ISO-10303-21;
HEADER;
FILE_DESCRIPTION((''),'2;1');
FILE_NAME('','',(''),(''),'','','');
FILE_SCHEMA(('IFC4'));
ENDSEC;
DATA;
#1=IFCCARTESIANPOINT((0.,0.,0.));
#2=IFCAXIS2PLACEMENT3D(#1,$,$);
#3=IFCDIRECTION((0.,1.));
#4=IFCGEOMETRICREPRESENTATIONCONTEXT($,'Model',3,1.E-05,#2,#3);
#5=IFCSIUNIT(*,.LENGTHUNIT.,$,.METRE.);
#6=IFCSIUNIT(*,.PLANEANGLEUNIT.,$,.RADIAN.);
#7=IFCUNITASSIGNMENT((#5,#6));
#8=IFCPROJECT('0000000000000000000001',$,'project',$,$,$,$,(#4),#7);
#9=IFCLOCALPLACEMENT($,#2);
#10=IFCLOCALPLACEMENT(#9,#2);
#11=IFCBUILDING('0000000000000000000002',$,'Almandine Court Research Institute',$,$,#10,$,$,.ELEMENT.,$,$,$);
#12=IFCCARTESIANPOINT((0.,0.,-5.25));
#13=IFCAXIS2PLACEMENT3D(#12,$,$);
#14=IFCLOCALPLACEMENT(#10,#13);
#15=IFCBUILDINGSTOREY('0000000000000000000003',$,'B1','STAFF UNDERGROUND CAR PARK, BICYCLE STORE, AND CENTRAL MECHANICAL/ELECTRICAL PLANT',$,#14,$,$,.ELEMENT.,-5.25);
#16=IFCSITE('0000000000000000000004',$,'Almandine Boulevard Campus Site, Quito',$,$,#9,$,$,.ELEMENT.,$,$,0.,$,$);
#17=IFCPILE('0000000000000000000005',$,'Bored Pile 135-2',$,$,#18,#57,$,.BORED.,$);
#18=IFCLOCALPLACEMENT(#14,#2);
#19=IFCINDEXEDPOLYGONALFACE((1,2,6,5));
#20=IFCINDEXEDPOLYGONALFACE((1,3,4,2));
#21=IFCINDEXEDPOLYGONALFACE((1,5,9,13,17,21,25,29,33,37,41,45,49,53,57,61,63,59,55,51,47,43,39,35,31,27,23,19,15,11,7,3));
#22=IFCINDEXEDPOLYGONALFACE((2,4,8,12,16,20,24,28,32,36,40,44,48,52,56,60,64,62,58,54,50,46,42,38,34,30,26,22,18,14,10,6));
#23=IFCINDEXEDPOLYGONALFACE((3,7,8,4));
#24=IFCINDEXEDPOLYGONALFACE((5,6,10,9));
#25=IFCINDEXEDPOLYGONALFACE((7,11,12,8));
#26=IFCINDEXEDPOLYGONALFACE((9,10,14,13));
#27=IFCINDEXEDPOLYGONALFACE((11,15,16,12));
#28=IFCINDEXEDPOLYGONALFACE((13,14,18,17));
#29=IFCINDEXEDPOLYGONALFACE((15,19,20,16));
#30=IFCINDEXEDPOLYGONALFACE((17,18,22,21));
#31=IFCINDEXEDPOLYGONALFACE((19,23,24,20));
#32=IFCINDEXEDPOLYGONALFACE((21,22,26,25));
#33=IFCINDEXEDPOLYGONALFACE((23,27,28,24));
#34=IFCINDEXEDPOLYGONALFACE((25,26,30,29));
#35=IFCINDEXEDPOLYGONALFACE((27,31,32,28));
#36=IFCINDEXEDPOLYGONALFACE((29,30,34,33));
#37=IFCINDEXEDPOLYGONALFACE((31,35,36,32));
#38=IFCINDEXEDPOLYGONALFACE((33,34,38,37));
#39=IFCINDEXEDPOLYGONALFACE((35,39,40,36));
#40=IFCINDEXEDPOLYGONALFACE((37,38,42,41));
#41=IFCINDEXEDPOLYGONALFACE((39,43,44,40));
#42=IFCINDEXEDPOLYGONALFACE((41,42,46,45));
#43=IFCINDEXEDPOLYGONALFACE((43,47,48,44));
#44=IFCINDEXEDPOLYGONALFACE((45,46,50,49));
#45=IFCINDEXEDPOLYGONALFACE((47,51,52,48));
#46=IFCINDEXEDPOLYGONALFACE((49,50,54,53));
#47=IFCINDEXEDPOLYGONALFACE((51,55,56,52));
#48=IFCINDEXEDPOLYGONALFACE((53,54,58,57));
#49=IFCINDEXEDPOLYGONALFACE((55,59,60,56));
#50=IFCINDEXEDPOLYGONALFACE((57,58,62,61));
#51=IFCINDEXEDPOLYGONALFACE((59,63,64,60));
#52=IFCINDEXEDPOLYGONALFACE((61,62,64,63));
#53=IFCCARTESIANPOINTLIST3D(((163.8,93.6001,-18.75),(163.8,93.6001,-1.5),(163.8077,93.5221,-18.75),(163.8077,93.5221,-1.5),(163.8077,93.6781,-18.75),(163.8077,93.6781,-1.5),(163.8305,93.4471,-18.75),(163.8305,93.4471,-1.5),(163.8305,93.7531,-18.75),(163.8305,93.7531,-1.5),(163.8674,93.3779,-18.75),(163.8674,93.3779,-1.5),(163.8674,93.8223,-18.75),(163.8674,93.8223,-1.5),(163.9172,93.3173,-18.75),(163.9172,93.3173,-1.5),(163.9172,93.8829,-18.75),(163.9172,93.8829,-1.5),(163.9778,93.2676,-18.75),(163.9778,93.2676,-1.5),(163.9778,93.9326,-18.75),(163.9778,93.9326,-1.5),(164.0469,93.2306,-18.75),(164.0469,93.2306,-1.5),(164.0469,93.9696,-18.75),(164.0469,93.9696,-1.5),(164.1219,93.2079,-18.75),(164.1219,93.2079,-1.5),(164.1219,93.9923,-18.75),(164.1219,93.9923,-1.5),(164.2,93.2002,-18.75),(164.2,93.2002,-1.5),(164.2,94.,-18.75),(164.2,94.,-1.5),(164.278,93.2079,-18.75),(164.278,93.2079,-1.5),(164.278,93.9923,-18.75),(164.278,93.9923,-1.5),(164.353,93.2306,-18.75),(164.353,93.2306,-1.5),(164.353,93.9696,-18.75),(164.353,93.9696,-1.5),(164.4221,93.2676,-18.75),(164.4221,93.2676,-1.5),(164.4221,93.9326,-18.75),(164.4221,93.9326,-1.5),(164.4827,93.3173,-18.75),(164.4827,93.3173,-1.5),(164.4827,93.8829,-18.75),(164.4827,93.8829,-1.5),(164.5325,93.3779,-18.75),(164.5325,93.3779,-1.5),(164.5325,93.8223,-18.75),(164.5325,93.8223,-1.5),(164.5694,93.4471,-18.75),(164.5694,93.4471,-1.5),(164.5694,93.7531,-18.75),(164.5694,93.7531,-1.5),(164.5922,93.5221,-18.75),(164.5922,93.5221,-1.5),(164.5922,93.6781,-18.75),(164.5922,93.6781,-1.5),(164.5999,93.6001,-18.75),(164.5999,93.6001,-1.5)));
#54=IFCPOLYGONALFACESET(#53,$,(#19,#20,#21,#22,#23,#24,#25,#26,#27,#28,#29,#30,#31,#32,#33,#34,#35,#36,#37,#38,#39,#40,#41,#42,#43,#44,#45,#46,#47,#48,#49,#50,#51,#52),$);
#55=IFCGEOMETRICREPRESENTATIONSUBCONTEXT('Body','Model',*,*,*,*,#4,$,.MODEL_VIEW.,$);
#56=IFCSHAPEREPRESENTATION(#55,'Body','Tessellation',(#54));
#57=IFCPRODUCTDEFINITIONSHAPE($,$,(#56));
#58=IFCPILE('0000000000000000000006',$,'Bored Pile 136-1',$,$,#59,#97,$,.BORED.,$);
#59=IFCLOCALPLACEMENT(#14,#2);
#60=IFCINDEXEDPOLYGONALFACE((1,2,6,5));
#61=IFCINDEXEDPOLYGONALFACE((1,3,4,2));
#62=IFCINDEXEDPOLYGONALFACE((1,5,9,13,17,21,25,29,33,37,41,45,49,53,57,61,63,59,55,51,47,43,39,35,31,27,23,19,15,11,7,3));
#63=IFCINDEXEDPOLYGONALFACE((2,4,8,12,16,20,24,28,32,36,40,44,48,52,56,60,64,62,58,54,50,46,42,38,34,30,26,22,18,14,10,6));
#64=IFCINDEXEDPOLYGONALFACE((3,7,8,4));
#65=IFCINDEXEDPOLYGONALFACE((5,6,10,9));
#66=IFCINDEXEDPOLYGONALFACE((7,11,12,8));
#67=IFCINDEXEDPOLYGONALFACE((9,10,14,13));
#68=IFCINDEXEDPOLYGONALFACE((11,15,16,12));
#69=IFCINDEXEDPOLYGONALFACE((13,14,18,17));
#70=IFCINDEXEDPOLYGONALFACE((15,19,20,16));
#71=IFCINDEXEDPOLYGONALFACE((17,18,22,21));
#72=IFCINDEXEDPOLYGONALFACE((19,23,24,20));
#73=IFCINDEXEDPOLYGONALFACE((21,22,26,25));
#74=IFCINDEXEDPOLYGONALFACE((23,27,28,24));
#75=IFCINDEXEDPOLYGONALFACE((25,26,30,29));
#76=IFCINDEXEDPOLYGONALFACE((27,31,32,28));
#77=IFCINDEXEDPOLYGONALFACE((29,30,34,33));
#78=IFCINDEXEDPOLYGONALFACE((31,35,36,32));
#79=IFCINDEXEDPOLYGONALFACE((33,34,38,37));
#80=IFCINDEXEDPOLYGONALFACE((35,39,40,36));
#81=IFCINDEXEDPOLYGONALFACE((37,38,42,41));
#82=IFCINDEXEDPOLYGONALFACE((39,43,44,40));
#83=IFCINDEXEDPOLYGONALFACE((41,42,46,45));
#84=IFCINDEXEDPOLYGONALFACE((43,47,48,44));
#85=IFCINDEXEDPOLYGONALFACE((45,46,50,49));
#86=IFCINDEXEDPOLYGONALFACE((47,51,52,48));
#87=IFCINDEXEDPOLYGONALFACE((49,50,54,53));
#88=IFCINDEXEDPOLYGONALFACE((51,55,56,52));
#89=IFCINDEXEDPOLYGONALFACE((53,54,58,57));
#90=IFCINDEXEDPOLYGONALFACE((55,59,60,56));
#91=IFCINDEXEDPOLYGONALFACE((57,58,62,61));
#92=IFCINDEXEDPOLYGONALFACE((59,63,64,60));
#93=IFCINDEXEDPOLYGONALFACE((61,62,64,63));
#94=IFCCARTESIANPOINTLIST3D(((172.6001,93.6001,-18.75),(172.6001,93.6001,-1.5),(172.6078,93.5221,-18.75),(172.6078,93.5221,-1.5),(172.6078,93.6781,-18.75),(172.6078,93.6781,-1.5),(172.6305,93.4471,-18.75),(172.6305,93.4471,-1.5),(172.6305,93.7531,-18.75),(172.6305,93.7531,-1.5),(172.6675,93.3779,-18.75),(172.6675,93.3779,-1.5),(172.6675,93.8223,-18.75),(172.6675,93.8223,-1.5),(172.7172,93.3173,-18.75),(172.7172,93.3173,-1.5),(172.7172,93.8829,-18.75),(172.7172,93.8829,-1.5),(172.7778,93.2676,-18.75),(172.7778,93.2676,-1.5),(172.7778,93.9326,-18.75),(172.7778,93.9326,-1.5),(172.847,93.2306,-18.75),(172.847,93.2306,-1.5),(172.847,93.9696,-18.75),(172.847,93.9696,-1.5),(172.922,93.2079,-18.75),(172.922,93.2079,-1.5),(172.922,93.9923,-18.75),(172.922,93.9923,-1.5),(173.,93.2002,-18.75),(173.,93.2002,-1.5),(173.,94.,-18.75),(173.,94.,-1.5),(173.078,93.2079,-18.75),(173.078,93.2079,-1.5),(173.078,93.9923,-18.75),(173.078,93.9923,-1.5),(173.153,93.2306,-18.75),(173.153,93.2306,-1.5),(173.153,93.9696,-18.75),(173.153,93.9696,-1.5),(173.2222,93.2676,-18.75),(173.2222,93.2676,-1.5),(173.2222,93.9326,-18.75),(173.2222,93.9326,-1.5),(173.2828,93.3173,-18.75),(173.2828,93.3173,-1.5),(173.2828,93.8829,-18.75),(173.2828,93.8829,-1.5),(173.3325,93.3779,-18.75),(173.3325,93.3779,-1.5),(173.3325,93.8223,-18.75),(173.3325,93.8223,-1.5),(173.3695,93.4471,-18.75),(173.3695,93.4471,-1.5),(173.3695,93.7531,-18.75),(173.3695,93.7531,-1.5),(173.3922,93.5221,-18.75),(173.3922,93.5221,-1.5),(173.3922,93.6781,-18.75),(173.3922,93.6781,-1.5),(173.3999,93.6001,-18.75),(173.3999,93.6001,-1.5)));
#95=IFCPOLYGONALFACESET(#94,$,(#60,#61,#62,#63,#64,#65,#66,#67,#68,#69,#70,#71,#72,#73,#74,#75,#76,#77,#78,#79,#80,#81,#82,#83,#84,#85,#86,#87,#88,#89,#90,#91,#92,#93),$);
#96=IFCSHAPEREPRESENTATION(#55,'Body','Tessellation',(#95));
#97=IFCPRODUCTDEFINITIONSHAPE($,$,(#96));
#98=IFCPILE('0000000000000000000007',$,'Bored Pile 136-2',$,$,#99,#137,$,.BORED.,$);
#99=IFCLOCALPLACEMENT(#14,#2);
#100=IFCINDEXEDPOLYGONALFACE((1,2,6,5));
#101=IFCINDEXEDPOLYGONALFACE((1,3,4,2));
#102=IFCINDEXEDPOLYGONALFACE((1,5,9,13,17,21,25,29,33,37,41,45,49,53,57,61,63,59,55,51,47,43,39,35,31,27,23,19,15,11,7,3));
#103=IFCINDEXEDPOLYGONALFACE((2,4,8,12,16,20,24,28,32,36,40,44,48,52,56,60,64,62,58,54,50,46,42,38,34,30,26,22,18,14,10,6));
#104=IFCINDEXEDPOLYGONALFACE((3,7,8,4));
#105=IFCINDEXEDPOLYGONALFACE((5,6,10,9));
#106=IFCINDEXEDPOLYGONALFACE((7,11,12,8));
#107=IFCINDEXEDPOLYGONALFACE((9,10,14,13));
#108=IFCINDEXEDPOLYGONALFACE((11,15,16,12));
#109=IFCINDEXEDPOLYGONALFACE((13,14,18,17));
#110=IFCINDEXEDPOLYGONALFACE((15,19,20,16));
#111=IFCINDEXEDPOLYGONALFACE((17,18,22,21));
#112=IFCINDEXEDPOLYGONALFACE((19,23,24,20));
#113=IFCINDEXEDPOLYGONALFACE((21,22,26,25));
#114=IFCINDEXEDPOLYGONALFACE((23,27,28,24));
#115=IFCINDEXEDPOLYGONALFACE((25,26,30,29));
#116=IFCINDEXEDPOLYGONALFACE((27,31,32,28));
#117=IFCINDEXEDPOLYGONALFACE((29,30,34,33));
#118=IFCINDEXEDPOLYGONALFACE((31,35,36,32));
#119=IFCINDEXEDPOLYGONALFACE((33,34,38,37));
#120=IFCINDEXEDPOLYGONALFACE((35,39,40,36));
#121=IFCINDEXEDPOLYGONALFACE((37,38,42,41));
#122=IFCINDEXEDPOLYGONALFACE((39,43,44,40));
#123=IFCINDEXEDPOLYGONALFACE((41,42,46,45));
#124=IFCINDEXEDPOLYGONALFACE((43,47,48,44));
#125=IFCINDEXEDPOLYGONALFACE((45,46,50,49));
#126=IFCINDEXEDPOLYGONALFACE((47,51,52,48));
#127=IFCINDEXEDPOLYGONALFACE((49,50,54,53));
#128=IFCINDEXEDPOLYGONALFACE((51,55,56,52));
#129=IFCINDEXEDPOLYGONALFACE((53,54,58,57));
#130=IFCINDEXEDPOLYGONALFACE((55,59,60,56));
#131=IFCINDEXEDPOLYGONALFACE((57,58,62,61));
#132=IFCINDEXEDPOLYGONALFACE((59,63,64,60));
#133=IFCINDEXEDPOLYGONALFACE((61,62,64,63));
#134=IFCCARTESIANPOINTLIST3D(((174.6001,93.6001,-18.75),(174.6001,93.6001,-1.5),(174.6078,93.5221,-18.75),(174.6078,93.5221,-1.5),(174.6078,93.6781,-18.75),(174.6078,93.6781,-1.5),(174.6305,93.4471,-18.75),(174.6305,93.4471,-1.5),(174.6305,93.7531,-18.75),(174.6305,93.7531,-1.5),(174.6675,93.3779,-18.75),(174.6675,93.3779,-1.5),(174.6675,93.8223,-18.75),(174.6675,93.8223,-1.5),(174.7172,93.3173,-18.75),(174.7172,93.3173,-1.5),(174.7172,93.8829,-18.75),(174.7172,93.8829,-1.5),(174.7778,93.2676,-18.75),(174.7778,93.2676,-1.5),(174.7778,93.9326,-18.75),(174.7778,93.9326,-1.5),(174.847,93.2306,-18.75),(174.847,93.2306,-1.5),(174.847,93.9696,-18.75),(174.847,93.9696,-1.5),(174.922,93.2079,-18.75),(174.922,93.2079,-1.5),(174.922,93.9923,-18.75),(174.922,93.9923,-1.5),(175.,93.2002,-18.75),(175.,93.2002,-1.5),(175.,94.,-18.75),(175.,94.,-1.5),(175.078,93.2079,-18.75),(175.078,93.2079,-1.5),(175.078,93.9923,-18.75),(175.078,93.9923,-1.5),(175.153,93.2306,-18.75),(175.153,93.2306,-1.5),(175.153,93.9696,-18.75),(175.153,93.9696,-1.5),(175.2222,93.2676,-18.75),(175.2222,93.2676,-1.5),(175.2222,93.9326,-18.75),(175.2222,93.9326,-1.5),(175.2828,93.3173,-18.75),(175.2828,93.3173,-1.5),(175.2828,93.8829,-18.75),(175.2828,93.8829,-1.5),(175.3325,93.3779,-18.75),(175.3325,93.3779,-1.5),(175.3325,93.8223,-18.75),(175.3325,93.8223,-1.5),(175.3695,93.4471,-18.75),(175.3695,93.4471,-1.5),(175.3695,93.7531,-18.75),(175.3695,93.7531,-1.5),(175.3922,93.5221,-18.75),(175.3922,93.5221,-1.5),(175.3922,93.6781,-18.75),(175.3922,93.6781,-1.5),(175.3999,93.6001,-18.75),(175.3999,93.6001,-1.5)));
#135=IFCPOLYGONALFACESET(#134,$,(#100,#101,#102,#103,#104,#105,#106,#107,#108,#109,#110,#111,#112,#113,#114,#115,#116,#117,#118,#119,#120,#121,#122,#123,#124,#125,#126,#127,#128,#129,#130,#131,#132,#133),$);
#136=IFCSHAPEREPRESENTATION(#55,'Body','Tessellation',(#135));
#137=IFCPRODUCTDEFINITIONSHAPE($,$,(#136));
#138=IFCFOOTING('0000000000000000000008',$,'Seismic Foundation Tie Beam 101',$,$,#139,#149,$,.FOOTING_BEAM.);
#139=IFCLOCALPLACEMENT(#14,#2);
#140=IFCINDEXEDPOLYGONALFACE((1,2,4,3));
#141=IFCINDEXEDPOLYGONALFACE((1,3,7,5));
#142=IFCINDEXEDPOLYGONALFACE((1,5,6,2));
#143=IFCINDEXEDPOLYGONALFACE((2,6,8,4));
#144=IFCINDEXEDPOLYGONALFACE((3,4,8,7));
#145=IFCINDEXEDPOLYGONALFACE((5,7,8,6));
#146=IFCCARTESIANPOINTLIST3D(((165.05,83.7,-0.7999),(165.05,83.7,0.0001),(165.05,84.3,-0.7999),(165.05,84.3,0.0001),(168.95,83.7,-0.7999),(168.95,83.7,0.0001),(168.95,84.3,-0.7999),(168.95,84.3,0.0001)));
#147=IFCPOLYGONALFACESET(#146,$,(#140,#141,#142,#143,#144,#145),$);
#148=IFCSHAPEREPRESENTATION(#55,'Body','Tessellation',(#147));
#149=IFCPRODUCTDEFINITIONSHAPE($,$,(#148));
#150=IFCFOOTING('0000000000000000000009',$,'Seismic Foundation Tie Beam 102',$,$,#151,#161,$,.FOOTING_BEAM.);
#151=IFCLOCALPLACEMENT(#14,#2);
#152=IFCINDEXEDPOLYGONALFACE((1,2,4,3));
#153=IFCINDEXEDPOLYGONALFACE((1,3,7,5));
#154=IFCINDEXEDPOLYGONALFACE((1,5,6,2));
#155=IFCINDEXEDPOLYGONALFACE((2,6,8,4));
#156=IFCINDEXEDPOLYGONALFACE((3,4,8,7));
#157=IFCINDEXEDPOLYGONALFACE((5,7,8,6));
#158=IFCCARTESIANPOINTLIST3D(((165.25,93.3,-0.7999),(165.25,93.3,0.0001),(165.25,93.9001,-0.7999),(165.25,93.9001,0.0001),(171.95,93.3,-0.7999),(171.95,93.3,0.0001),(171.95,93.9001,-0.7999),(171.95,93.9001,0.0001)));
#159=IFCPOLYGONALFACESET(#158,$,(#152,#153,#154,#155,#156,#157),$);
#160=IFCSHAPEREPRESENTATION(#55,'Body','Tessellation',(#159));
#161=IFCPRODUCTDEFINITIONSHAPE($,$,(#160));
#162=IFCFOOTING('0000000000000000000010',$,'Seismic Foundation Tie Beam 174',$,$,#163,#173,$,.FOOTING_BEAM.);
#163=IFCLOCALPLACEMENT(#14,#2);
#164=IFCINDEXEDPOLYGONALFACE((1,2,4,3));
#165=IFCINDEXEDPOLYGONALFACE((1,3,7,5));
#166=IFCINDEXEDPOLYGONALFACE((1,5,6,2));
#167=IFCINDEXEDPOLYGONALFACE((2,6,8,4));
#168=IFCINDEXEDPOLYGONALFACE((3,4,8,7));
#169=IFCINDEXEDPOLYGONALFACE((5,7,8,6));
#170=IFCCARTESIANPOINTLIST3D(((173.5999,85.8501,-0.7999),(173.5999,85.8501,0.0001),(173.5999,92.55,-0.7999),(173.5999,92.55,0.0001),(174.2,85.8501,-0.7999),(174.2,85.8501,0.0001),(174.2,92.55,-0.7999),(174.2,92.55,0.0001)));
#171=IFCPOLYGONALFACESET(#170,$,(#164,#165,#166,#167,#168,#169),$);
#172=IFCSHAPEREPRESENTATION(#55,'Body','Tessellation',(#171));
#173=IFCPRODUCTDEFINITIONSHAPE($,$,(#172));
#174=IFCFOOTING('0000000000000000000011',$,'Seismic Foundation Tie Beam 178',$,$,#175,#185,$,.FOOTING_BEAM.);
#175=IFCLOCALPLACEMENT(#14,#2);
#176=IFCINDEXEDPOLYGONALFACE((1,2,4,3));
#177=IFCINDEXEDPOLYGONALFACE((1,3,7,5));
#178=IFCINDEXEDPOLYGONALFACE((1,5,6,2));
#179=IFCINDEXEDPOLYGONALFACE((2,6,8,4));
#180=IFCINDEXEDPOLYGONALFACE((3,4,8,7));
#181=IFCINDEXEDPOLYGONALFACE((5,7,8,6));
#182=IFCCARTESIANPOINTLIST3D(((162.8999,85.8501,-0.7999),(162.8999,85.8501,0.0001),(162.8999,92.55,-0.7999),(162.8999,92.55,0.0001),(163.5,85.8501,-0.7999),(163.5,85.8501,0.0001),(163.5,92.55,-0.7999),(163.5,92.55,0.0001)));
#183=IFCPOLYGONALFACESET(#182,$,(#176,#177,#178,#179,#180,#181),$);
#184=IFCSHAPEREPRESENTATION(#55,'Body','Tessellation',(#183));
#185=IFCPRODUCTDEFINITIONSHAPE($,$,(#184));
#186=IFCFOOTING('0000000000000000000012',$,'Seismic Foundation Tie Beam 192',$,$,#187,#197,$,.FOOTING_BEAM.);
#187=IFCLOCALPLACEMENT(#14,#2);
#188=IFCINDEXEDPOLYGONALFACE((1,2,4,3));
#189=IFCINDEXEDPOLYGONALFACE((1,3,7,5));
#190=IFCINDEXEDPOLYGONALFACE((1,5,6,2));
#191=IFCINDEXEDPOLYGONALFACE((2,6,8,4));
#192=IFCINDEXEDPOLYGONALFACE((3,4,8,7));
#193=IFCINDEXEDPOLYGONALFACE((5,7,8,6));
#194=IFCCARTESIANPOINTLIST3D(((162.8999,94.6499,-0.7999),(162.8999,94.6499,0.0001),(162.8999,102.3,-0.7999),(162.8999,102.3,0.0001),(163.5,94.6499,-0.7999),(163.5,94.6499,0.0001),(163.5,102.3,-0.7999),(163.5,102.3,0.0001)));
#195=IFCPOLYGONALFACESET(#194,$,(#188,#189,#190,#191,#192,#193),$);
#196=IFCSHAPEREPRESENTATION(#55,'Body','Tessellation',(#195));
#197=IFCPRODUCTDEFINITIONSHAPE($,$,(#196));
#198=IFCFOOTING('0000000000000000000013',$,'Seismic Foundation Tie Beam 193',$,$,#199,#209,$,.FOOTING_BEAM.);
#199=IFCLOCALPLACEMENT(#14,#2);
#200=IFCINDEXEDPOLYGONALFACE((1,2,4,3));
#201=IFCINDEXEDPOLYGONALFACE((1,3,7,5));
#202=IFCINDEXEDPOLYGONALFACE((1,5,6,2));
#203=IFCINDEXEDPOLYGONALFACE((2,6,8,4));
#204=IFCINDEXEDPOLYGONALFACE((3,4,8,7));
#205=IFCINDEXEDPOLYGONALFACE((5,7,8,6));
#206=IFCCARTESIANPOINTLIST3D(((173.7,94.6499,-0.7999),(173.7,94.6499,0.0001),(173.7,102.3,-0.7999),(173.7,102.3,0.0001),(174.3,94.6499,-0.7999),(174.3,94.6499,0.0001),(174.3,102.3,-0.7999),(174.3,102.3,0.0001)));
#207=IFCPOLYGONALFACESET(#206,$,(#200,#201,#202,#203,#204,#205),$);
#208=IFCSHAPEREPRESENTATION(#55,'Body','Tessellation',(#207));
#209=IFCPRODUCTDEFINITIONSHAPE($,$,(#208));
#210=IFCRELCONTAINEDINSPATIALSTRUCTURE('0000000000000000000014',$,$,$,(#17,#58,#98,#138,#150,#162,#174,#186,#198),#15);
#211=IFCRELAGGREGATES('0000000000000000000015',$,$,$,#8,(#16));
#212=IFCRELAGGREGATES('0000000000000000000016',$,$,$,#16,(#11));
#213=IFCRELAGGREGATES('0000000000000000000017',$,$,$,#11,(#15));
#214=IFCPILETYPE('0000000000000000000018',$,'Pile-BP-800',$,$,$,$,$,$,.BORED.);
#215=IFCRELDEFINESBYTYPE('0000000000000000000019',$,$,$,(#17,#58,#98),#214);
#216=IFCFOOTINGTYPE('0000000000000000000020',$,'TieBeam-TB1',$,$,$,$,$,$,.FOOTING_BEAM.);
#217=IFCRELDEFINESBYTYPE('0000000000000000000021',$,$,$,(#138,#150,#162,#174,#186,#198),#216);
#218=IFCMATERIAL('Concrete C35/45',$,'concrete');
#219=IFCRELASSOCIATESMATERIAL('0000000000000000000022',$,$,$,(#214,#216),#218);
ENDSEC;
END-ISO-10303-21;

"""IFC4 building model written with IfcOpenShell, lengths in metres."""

from ifc_helpers import new_model, si_unit, direction, frame, origin, origin_2d, place, context, subcontext, project, spatial, rectangle, circle, extrude, material, material_profile, profile_set, type_object, element, save


model = new_model("IFC4")

# Units and contexts
model_context = context("Model", 3, precision=1e-05, world=origin(), true_north=direction((0.0, 1.0)))
body_context = subcontext(model_context, "Body", "Model", "MODEL_VIEW")
ifc_project = project(units=[si_unit("LENGTHUNIT", "METRE"), si_unit("PLANEANGLEUNIT", "RADIAN")], contexts=[model_context])

# Site, building, storey
site_placement = place(None, origin())
site = spatial("IfcSite", under=ifc_project, at=site_placement, Name="Almandine Boulevard Campus Site, Quito", CompositionType="ELEMENT", RefElevation=0.0)
building_placement = place(site_placement, origin())
building = spatial("IfcBuilding", under=site, at=building_placement, Name="Almandine Court Research Institute", CompositionType="ELEMENT")
storey_placement = place(building_placement, frame((0.0, 0.0, -5.25)))
storey = spatial("IfcBuildingStorey", under=building, at=storey_placement, Name="B1", Description="STAFF UNDERGROUND CAR PARK, BICYCLE STORE, AND CENTRAL MECHANICAL/ELECTRICAL PLANT", CompositionType="ELEMENT", Elevation=-5.25)

# Shared definitions
ifc_material_1 = material(Name="Concrete C35/45", Category="concrete")

# Piles
ifc_material_profile_1 = material_profile(ifc_material_1, circle(Radius=0.3999, at=origin_2d()), Name="BORED PILE D800")
ifc_profile_set_1 = profile_set([ifc_material_profile_1], Name="Concrete C35/45")
pile_type_1 = type_object("IfcPileType", Name="Pile-BP-800", PredefinedType="BORED", material=ifc_profile_set_1)
for number, where, z_axis, x_axis, name in (
    (1, (164.2, 93.6001, -1.5), (0.0, 0.0, -1.0), (1.0, 0.0, 0.0), "Bored Pile 135-2"),
    (2, (173.0, 93.6001, -1.5), (0.0, 0.0, -1.0), (1.0, 0.0, 0.0), "Bored Pile 136-1"),
    (3, (175.0, 93.6001, -1.5), (0.0, 0.0, -1.0), (1.0, 0.0, 0.0), "Bored Pile 136-2"),
):
    element("IfcPile", number, at=place(storey_placement, frame(where, z_axis=z_axis, x_axis=x_axis)), inside=storey, type_object=pile_type_1, Name=name, PredefinedType="BORED", context=body_context, shape_type="SweptSolid", body=[
        extrude(circle(Radius=0.3999, at=origin_2d()), origin(), (0.0, 0.0, 1.0), 17.25),
    ])

# Footings
ifc_material_profile_2 = material_profile(ifc_material_1, rectangle(XDim=0.6001, YDim=0.8, at=origin_2d()), Name="RC TIE 600x800")
ifc_profile_set_2 = profile_set([ifc_material_profile_2], Name="Concrete C35/45")
footing_type_1 = type_object("IfcFootingType", Name="TieBeam-TB1", PredefinedType="FOOTING_BEAM", material=ifc_profile_set_2)
footing_1_placement = place(storey_placement, frame((165.05, 84.0, -0.3999), z_axis=(1.0, 0.0, 0.0), x_axis=(0.0, 1.0, 0.0)))
element("IfcFooting", 4, at=footing_1_placement, inside=storey, type_object=footing_type_1, Name="Seismic Foundation Tie Beam 101", PredefinedType="FOOTING_BEAM", context=body_context, shape_type="SweptSolid", body=[
    extrude(rectangle(XDim=0.6001, YDim=0.8, at=origin_2d()), origin(), (0.0, 0.0, 1.0), 3.8999),
])
for number, where, z_axis, x_axis, name in (
    (5, (165.25, 93.6001, -0.3999), (1.0, 0.0, 0.0), (0.0, 1.0, 0.0), "Seismic Foundation Tie Beam 102"),
    (6, (173.8999, 85.8501, -0.3999), (0.0, 1.0, 0.0), (-1.0, 0.0, 0.0), "Seismic Foundation Tie Beam 174"),
    (7, (163.2, 85.8501, -0.3999), (0.0, 1.0, 0.0), (-1.0, 0.0, 0.0), "Seismic Foundation Tie Beam 178"),
):
    element("IfcFooting", number, at=place(storey_placement, frame(where, z_axis=z_axis, x_axis=x_axis)), inside=storey, type_object=footing_type_1, Name=name, PredefinedType="FOOTING_BEAM", context=body_context, shape_type="SweptSolid", body=[
        extrude(rectangle(XDim=0.6001, YDim=0.8, at=origin_2d()), origin(), (0.0, 0.0, 1.0), 6.7),
    ])
for number, where, z_axis, x_axis, name in (
    (8, (163.2, 94.6499, -0.3999), (0.0, 1.0, 0.0), (-1.0, 0.0, 0.0), "Seismic Foundation Tie Beam 192"),
    (9, (174.0, 94.6499, -0.3999), (0.0, 1.0, 0.0), (-1.0, 0.0, 0.0), "Seismic Foundation Tie Beam 193"),
):
    element("IfcFooting", number, at=place(storey_placement, frame(where, z_axis=z_axis, x_axis=x_axis)), inside=storey, type_object=footing_type_1, Name=name, PredefinedType="FOOTING_BEAM", context=body_context, shape_type="SweptSolid", body=[
        extrude(rectangle(XDim=0.6001, YDim=0.8, at=origin_2d()), origin(), (0.0, 0.0, 1.0), 7.6501),
    ])

save(model, "model.ifc")
